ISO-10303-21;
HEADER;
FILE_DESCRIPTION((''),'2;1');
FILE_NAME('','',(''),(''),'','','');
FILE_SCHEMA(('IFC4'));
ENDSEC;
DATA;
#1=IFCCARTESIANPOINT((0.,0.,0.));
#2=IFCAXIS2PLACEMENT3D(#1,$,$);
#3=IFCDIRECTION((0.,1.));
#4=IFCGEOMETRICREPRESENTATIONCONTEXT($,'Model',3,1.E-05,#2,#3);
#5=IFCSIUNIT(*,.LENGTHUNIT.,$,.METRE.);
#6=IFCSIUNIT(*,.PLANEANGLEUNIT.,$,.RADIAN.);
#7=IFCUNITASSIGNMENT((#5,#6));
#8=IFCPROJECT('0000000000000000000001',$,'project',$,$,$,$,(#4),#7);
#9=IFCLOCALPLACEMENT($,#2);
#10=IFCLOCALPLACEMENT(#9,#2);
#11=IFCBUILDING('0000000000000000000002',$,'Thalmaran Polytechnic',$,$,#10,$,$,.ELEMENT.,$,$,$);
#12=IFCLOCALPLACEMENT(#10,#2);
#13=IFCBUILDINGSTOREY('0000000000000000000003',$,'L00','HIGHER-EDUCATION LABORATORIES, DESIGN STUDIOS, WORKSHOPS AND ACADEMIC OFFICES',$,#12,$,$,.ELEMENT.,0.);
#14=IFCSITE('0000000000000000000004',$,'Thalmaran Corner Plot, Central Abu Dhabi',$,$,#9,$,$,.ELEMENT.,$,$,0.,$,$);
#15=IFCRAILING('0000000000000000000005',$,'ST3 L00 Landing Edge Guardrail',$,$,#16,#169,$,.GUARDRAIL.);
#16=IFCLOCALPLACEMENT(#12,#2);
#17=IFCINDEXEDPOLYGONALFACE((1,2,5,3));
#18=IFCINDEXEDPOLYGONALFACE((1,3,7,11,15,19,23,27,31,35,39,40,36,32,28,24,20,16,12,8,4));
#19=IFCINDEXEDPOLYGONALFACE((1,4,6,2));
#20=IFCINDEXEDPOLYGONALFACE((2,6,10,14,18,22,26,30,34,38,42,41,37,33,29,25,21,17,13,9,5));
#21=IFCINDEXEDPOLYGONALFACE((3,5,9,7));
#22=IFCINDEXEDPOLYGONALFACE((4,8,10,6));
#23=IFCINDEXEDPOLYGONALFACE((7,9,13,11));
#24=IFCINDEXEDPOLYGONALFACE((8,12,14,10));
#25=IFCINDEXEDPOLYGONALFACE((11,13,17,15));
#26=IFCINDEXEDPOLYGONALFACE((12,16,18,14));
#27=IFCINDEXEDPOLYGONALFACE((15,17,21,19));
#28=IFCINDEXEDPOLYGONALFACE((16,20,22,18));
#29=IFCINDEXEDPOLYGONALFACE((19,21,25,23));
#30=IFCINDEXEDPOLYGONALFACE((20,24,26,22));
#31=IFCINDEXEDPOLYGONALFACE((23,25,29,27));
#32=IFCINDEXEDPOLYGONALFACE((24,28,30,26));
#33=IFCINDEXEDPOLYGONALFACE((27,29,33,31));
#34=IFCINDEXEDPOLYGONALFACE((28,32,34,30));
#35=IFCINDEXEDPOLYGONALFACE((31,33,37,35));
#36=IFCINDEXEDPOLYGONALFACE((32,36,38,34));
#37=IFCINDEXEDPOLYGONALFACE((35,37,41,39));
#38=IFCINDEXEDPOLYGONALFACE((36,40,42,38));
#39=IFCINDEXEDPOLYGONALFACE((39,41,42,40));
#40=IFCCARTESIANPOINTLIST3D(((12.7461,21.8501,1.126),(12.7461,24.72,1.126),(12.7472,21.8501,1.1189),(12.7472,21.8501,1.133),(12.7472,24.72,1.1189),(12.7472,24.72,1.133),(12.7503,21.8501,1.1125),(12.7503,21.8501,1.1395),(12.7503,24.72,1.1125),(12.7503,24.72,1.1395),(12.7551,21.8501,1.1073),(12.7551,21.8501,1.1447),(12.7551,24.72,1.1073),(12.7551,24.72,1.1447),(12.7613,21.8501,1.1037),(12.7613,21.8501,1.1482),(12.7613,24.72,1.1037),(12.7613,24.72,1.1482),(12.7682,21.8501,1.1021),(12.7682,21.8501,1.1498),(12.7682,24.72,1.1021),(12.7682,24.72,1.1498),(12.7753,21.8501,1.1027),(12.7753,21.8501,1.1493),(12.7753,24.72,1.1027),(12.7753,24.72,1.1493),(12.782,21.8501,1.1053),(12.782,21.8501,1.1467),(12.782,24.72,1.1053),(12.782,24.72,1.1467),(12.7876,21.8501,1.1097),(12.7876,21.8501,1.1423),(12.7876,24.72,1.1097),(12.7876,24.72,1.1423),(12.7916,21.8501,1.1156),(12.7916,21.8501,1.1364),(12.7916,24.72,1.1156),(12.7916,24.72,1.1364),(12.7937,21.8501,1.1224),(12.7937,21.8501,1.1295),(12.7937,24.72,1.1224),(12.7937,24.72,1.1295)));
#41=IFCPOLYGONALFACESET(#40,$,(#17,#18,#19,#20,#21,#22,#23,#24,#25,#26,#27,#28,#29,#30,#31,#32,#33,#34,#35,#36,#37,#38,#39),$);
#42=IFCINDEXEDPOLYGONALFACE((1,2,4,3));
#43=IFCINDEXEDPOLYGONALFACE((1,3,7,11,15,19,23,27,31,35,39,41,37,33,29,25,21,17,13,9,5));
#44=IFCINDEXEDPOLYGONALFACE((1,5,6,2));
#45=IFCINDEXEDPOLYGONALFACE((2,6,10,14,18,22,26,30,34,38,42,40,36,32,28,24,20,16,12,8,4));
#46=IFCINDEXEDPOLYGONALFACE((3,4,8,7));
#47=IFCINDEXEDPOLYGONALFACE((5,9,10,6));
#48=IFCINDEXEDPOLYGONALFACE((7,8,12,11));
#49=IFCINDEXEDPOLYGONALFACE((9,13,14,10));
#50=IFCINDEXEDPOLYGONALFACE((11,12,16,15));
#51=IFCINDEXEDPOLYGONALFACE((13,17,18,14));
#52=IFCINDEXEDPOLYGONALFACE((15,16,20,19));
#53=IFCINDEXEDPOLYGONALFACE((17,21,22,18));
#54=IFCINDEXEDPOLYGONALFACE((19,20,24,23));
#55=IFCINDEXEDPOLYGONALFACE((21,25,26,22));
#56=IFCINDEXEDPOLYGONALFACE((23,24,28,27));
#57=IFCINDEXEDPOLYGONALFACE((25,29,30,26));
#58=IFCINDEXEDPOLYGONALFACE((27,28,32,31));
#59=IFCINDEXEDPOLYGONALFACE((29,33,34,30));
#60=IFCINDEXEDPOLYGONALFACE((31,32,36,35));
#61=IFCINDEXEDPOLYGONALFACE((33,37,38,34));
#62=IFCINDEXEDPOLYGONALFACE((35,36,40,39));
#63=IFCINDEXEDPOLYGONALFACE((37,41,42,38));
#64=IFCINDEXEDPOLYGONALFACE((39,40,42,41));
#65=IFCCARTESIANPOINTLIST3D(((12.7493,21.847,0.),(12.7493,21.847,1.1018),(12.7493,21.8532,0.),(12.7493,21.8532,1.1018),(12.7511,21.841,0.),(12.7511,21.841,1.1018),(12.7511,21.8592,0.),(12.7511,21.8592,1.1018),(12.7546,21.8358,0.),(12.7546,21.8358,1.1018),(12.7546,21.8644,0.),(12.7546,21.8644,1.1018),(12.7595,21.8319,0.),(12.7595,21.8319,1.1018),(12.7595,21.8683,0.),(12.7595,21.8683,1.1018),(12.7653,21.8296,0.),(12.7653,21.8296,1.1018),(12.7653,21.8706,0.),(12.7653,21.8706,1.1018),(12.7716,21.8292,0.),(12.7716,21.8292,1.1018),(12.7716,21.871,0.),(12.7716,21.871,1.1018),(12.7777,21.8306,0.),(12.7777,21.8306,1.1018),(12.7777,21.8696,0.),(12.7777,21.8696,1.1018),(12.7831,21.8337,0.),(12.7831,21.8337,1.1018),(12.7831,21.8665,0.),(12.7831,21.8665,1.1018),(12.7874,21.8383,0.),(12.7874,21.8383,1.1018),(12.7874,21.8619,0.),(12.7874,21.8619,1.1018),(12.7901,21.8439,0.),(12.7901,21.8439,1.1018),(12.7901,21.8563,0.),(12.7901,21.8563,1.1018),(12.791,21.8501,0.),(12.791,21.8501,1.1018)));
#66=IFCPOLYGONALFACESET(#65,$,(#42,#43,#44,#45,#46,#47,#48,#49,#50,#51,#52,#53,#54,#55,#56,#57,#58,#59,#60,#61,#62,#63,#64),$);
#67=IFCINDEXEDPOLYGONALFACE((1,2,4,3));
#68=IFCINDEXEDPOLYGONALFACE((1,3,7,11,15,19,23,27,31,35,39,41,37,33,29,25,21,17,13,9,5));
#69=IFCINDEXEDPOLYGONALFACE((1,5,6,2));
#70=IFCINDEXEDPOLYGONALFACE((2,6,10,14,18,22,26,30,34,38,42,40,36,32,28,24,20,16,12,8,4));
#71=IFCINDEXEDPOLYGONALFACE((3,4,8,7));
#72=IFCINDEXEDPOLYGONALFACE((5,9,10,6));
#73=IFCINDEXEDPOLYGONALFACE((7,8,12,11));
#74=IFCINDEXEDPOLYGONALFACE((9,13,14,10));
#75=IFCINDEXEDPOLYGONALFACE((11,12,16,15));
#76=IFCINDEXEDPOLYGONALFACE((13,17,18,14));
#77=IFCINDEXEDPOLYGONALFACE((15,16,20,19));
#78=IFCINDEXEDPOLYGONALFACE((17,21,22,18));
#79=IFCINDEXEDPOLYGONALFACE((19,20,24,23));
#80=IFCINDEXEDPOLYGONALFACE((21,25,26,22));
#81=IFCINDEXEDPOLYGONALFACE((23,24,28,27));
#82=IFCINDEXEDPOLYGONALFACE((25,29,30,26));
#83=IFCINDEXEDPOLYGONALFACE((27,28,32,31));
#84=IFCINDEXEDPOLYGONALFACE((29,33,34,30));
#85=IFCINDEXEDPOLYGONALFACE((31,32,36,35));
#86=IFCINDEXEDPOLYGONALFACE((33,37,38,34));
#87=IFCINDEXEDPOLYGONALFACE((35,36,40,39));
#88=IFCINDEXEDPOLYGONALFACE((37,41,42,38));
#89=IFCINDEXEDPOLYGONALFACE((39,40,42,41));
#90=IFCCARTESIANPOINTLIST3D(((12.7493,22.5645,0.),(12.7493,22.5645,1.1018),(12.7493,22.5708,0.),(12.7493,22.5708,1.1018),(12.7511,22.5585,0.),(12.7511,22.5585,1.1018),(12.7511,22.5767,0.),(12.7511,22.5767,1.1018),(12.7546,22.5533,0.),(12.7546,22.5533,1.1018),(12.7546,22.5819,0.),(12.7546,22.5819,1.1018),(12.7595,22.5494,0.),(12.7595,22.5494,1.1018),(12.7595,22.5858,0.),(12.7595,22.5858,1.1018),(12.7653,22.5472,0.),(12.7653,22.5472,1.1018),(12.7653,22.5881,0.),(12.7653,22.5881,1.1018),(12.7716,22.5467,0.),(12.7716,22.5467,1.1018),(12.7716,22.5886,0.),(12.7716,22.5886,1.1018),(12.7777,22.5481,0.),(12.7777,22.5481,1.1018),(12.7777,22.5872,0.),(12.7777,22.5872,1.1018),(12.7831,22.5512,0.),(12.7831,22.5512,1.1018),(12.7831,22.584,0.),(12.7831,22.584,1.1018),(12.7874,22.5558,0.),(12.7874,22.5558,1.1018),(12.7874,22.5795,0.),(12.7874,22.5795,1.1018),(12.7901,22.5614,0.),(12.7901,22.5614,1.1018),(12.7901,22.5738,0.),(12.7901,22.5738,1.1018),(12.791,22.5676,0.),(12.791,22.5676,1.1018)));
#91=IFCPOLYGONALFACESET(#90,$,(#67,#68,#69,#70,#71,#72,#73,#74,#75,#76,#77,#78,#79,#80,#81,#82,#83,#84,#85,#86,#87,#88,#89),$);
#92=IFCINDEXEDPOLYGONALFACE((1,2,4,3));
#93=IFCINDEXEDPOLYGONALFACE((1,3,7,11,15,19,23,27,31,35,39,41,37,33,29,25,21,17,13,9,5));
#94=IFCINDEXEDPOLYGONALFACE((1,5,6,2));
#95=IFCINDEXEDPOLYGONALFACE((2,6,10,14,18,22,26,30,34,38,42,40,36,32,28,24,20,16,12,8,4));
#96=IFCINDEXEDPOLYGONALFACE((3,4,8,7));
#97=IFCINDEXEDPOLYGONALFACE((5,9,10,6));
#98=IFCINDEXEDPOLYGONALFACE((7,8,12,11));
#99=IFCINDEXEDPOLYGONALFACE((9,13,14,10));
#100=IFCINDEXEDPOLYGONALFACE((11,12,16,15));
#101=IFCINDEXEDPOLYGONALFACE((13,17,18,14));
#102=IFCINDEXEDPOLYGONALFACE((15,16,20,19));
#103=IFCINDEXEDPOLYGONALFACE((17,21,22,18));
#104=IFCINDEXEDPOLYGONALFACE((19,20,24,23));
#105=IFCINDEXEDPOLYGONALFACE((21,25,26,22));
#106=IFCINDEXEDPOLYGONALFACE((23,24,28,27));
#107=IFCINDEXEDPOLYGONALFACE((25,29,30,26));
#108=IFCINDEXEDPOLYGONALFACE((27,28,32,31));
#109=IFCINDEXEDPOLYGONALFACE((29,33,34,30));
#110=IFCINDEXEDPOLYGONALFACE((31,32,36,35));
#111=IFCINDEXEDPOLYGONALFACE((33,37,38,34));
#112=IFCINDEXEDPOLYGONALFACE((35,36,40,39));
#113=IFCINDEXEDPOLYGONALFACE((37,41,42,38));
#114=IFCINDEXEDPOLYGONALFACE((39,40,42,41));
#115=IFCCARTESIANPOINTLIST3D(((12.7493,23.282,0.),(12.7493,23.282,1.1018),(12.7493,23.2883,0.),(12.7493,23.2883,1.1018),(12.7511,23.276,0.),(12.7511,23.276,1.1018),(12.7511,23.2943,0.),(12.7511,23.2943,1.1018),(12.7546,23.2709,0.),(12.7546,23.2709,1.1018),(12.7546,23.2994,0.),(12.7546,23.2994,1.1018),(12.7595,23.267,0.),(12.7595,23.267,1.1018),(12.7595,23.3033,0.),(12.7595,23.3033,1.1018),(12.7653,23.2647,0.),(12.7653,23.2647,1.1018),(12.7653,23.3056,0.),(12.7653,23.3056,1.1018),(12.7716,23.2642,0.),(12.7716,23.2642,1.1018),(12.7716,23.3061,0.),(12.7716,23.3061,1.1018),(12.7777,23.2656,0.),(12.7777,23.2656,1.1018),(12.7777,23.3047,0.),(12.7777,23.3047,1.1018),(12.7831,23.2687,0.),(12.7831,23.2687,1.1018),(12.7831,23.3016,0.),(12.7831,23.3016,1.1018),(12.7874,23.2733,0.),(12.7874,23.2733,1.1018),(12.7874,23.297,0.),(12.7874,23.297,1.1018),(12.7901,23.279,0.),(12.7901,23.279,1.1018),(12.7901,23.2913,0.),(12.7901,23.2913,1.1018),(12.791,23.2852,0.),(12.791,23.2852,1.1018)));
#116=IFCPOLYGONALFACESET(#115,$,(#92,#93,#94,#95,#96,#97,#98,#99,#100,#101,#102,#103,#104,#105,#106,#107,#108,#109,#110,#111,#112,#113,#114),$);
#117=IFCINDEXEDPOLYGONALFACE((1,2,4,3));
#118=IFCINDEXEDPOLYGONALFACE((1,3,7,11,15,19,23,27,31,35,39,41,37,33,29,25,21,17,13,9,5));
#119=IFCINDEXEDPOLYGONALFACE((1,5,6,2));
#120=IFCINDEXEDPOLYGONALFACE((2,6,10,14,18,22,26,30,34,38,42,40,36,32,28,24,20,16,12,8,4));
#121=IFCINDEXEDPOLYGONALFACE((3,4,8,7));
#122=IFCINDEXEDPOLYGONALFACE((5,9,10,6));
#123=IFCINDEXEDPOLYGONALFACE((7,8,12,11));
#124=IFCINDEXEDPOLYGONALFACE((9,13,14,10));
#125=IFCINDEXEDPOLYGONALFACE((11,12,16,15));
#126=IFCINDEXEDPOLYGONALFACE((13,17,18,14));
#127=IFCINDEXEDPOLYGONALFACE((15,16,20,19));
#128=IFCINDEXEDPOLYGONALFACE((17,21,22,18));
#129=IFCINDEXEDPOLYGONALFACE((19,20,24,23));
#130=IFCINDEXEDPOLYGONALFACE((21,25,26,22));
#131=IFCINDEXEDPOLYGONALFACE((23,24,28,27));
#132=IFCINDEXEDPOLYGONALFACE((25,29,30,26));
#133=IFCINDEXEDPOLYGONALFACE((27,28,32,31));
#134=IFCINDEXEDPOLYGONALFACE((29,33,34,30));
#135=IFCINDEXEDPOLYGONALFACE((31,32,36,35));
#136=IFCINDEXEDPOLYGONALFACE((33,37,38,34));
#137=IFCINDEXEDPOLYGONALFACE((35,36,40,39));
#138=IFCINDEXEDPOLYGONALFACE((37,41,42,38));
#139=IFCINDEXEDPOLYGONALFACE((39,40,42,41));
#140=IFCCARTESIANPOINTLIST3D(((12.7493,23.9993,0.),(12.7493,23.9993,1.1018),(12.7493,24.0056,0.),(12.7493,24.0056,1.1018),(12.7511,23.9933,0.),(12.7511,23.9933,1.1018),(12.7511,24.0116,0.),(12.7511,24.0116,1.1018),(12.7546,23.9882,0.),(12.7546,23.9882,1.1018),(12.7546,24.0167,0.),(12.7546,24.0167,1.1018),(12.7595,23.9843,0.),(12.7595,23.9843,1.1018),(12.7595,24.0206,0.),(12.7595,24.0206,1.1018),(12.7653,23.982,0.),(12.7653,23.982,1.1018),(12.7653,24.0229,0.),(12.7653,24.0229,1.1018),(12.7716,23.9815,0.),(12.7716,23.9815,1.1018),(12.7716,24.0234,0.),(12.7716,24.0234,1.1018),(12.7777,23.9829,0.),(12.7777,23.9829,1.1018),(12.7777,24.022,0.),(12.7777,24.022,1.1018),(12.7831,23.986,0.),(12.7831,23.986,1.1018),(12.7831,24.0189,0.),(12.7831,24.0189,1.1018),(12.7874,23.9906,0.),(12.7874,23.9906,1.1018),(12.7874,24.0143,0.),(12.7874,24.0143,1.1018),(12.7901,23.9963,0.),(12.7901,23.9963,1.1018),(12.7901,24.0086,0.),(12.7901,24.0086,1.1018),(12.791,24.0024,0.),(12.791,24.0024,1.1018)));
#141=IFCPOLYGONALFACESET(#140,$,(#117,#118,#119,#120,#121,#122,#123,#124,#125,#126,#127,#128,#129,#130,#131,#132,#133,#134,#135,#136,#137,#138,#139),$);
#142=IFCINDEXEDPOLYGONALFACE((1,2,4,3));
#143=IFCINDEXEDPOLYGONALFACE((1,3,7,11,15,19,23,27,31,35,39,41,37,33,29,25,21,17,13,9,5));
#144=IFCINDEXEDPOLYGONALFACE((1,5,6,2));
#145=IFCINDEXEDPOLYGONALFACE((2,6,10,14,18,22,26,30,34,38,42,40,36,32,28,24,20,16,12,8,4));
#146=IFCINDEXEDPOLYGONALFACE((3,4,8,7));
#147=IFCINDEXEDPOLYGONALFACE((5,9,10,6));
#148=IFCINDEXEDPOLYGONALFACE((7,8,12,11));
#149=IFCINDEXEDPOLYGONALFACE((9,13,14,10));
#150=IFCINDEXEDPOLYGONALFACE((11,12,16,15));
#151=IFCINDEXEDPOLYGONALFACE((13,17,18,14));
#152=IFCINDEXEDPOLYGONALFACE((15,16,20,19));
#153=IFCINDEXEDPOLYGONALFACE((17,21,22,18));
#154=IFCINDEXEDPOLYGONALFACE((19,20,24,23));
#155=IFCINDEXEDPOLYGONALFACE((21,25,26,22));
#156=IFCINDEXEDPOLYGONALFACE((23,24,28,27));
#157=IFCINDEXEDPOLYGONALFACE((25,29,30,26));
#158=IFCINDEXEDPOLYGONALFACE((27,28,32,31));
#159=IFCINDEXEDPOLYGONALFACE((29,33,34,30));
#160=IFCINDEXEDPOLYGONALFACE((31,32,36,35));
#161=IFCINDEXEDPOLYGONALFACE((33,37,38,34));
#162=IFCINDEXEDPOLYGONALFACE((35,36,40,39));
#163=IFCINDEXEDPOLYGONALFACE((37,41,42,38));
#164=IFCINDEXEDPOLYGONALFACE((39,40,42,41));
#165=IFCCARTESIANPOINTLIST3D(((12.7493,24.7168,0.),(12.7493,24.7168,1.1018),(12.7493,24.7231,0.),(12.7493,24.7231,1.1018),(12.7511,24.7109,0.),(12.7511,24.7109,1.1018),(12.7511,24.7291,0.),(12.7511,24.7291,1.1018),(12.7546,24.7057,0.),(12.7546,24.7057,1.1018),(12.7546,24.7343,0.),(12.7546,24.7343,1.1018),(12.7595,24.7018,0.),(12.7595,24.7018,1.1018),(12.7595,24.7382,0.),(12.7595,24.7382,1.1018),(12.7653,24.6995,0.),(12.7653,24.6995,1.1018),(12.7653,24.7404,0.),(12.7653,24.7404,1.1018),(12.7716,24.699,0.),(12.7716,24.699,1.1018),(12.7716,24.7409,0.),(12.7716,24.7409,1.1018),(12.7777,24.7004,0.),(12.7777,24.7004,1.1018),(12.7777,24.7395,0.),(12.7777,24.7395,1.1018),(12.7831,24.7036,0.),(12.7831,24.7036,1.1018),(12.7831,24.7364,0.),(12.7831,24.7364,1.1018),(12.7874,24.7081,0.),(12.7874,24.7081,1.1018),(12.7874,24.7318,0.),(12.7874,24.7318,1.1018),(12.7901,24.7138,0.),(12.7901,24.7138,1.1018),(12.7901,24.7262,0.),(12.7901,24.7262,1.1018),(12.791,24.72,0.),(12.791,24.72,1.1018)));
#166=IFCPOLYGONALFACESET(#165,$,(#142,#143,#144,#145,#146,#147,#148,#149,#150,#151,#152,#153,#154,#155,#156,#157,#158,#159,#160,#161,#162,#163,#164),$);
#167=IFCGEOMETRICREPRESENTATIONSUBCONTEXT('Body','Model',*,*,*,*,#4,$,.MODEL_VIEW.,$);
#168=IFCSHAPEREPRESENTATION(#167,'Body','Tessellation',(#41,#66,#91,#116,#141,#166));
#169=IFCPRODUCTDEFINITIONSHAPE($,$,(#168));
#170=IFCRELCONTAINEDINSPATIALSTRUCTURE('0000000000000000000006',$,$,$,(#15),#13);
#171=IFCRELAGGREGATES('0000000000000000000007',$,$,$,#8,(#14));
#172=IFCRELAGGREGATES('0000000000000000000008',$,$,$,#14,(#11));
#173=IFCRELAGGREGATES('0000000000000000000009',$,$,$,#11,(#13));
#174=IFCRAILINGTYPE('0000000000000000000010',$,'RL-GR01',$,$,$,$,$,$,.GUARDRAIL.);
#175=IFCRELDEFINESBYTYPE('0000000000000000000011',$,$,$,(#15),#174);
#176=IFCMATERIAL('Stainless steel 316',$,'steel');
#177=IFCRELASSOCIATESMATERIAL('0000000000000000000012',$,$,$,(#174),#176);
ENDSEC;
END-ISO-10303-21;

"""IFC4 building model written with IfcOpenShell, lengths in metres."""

from ifc_helpers import new_model, si_unit, direction, frame, origin, origin_2d, place, context, subcontext, project, spatial, circle, extrude, material, type_object, element, save


model = new_model("IFC4")

# Units and contexts
model_context = context("Model", 3, precision=1e-05, world=origin(), true_north=direction((0.0, 1.0)))
body_context = subcontext(model_context, "Body", "Model", "MODEL_VIEW")
ifc_project = project(units=[si_unit("LENGTHUNIT", "METRE"), si_unit("PLANEANGLEUNIT", "RADIAN")], contexts=[model_context])

# Site, building, storey
site_placement = place(None, origin())
site = spatial("IfcSite", under=ifc_project, at=site_placement, Name="Thalmaran Corner Plot, Central Abu Dhabi", CompositionType="ELEMENT", RefElevation=0.0)
building_placement = place(site_placement, origin())
building = spatial("IfcBuilding", under=site, at=building_placement, Name="Thalmaran Polytechnic", CompositionType="ELEMENT")
storey_placement = place(building_placement, origin())
storey = spatial("IfcBuildingStorey", under=building, at=storey_placement, Name="L00", Description="HIGHER-EDUCATION LABORATORIES, DESIGN STUDIOS, WORKSHOPS AND ACADEMIC OFFICES", CompositionType="ELEMENT", Elevation=0.0)

# Railing
ifc_material_1 = material(Name="Stainless steel 316", Category="steel")
railing_type_1 = type_object("IfcRailingType", Name="RL-GR01", PredefinedType="GUARDRAIL", material=ifc_material_1)
railing_1_placement = place(storey_placement, frame((12.77, 21.8501, 0.0)))
element("IfcRailing", 1, at=railing_1_placement, inside=storey, type_object=railing_type_1, Name="ST3 L00 Landing Edge Guardrail", PredefinedType="GUARDRAIL", context=body_context, shape_type="SweptSolid", body=[
    extrude(circle(Radius=0.0239, at=origin_2d()), frame((0.0, 0.0, 1.126), z_axis=(0.0, 1.0, 0.0), x_axis=(-1.0, 0.0, 0.0)), (0.0, 0.0, 1.0), 2.8699),
    extrude(circle(Radius=0.021, at=origin_2d()), origin(), (0.0, 0.0, 1.0), 1.1018),
    extrude(circle(Radius=0.021, at=origin_2d()), frame((0.0, 0.7175, 0.0)), (0.0, 0.0, 1.0), 1.1018),
    extrude(circle(Radius=0.021, at=origin_2d()), frame((0.0, 1.4351, 0.0)), (0.0, 0.0, 1.0), 1.1018),
    extrude(circle(Radius=0.021, at=origin_2d()), frame((0.0, 2.1523, 0.0)), (0.0, 0.0, 1.0), 1.1018),
    extrude(circle(Radius=0.021, at=origin_2d()), frame((0.0, 2.8699, 0.0)), (0.0, 0.0, 1.0), 1.1018),
])

save(model, "model.ifc")
